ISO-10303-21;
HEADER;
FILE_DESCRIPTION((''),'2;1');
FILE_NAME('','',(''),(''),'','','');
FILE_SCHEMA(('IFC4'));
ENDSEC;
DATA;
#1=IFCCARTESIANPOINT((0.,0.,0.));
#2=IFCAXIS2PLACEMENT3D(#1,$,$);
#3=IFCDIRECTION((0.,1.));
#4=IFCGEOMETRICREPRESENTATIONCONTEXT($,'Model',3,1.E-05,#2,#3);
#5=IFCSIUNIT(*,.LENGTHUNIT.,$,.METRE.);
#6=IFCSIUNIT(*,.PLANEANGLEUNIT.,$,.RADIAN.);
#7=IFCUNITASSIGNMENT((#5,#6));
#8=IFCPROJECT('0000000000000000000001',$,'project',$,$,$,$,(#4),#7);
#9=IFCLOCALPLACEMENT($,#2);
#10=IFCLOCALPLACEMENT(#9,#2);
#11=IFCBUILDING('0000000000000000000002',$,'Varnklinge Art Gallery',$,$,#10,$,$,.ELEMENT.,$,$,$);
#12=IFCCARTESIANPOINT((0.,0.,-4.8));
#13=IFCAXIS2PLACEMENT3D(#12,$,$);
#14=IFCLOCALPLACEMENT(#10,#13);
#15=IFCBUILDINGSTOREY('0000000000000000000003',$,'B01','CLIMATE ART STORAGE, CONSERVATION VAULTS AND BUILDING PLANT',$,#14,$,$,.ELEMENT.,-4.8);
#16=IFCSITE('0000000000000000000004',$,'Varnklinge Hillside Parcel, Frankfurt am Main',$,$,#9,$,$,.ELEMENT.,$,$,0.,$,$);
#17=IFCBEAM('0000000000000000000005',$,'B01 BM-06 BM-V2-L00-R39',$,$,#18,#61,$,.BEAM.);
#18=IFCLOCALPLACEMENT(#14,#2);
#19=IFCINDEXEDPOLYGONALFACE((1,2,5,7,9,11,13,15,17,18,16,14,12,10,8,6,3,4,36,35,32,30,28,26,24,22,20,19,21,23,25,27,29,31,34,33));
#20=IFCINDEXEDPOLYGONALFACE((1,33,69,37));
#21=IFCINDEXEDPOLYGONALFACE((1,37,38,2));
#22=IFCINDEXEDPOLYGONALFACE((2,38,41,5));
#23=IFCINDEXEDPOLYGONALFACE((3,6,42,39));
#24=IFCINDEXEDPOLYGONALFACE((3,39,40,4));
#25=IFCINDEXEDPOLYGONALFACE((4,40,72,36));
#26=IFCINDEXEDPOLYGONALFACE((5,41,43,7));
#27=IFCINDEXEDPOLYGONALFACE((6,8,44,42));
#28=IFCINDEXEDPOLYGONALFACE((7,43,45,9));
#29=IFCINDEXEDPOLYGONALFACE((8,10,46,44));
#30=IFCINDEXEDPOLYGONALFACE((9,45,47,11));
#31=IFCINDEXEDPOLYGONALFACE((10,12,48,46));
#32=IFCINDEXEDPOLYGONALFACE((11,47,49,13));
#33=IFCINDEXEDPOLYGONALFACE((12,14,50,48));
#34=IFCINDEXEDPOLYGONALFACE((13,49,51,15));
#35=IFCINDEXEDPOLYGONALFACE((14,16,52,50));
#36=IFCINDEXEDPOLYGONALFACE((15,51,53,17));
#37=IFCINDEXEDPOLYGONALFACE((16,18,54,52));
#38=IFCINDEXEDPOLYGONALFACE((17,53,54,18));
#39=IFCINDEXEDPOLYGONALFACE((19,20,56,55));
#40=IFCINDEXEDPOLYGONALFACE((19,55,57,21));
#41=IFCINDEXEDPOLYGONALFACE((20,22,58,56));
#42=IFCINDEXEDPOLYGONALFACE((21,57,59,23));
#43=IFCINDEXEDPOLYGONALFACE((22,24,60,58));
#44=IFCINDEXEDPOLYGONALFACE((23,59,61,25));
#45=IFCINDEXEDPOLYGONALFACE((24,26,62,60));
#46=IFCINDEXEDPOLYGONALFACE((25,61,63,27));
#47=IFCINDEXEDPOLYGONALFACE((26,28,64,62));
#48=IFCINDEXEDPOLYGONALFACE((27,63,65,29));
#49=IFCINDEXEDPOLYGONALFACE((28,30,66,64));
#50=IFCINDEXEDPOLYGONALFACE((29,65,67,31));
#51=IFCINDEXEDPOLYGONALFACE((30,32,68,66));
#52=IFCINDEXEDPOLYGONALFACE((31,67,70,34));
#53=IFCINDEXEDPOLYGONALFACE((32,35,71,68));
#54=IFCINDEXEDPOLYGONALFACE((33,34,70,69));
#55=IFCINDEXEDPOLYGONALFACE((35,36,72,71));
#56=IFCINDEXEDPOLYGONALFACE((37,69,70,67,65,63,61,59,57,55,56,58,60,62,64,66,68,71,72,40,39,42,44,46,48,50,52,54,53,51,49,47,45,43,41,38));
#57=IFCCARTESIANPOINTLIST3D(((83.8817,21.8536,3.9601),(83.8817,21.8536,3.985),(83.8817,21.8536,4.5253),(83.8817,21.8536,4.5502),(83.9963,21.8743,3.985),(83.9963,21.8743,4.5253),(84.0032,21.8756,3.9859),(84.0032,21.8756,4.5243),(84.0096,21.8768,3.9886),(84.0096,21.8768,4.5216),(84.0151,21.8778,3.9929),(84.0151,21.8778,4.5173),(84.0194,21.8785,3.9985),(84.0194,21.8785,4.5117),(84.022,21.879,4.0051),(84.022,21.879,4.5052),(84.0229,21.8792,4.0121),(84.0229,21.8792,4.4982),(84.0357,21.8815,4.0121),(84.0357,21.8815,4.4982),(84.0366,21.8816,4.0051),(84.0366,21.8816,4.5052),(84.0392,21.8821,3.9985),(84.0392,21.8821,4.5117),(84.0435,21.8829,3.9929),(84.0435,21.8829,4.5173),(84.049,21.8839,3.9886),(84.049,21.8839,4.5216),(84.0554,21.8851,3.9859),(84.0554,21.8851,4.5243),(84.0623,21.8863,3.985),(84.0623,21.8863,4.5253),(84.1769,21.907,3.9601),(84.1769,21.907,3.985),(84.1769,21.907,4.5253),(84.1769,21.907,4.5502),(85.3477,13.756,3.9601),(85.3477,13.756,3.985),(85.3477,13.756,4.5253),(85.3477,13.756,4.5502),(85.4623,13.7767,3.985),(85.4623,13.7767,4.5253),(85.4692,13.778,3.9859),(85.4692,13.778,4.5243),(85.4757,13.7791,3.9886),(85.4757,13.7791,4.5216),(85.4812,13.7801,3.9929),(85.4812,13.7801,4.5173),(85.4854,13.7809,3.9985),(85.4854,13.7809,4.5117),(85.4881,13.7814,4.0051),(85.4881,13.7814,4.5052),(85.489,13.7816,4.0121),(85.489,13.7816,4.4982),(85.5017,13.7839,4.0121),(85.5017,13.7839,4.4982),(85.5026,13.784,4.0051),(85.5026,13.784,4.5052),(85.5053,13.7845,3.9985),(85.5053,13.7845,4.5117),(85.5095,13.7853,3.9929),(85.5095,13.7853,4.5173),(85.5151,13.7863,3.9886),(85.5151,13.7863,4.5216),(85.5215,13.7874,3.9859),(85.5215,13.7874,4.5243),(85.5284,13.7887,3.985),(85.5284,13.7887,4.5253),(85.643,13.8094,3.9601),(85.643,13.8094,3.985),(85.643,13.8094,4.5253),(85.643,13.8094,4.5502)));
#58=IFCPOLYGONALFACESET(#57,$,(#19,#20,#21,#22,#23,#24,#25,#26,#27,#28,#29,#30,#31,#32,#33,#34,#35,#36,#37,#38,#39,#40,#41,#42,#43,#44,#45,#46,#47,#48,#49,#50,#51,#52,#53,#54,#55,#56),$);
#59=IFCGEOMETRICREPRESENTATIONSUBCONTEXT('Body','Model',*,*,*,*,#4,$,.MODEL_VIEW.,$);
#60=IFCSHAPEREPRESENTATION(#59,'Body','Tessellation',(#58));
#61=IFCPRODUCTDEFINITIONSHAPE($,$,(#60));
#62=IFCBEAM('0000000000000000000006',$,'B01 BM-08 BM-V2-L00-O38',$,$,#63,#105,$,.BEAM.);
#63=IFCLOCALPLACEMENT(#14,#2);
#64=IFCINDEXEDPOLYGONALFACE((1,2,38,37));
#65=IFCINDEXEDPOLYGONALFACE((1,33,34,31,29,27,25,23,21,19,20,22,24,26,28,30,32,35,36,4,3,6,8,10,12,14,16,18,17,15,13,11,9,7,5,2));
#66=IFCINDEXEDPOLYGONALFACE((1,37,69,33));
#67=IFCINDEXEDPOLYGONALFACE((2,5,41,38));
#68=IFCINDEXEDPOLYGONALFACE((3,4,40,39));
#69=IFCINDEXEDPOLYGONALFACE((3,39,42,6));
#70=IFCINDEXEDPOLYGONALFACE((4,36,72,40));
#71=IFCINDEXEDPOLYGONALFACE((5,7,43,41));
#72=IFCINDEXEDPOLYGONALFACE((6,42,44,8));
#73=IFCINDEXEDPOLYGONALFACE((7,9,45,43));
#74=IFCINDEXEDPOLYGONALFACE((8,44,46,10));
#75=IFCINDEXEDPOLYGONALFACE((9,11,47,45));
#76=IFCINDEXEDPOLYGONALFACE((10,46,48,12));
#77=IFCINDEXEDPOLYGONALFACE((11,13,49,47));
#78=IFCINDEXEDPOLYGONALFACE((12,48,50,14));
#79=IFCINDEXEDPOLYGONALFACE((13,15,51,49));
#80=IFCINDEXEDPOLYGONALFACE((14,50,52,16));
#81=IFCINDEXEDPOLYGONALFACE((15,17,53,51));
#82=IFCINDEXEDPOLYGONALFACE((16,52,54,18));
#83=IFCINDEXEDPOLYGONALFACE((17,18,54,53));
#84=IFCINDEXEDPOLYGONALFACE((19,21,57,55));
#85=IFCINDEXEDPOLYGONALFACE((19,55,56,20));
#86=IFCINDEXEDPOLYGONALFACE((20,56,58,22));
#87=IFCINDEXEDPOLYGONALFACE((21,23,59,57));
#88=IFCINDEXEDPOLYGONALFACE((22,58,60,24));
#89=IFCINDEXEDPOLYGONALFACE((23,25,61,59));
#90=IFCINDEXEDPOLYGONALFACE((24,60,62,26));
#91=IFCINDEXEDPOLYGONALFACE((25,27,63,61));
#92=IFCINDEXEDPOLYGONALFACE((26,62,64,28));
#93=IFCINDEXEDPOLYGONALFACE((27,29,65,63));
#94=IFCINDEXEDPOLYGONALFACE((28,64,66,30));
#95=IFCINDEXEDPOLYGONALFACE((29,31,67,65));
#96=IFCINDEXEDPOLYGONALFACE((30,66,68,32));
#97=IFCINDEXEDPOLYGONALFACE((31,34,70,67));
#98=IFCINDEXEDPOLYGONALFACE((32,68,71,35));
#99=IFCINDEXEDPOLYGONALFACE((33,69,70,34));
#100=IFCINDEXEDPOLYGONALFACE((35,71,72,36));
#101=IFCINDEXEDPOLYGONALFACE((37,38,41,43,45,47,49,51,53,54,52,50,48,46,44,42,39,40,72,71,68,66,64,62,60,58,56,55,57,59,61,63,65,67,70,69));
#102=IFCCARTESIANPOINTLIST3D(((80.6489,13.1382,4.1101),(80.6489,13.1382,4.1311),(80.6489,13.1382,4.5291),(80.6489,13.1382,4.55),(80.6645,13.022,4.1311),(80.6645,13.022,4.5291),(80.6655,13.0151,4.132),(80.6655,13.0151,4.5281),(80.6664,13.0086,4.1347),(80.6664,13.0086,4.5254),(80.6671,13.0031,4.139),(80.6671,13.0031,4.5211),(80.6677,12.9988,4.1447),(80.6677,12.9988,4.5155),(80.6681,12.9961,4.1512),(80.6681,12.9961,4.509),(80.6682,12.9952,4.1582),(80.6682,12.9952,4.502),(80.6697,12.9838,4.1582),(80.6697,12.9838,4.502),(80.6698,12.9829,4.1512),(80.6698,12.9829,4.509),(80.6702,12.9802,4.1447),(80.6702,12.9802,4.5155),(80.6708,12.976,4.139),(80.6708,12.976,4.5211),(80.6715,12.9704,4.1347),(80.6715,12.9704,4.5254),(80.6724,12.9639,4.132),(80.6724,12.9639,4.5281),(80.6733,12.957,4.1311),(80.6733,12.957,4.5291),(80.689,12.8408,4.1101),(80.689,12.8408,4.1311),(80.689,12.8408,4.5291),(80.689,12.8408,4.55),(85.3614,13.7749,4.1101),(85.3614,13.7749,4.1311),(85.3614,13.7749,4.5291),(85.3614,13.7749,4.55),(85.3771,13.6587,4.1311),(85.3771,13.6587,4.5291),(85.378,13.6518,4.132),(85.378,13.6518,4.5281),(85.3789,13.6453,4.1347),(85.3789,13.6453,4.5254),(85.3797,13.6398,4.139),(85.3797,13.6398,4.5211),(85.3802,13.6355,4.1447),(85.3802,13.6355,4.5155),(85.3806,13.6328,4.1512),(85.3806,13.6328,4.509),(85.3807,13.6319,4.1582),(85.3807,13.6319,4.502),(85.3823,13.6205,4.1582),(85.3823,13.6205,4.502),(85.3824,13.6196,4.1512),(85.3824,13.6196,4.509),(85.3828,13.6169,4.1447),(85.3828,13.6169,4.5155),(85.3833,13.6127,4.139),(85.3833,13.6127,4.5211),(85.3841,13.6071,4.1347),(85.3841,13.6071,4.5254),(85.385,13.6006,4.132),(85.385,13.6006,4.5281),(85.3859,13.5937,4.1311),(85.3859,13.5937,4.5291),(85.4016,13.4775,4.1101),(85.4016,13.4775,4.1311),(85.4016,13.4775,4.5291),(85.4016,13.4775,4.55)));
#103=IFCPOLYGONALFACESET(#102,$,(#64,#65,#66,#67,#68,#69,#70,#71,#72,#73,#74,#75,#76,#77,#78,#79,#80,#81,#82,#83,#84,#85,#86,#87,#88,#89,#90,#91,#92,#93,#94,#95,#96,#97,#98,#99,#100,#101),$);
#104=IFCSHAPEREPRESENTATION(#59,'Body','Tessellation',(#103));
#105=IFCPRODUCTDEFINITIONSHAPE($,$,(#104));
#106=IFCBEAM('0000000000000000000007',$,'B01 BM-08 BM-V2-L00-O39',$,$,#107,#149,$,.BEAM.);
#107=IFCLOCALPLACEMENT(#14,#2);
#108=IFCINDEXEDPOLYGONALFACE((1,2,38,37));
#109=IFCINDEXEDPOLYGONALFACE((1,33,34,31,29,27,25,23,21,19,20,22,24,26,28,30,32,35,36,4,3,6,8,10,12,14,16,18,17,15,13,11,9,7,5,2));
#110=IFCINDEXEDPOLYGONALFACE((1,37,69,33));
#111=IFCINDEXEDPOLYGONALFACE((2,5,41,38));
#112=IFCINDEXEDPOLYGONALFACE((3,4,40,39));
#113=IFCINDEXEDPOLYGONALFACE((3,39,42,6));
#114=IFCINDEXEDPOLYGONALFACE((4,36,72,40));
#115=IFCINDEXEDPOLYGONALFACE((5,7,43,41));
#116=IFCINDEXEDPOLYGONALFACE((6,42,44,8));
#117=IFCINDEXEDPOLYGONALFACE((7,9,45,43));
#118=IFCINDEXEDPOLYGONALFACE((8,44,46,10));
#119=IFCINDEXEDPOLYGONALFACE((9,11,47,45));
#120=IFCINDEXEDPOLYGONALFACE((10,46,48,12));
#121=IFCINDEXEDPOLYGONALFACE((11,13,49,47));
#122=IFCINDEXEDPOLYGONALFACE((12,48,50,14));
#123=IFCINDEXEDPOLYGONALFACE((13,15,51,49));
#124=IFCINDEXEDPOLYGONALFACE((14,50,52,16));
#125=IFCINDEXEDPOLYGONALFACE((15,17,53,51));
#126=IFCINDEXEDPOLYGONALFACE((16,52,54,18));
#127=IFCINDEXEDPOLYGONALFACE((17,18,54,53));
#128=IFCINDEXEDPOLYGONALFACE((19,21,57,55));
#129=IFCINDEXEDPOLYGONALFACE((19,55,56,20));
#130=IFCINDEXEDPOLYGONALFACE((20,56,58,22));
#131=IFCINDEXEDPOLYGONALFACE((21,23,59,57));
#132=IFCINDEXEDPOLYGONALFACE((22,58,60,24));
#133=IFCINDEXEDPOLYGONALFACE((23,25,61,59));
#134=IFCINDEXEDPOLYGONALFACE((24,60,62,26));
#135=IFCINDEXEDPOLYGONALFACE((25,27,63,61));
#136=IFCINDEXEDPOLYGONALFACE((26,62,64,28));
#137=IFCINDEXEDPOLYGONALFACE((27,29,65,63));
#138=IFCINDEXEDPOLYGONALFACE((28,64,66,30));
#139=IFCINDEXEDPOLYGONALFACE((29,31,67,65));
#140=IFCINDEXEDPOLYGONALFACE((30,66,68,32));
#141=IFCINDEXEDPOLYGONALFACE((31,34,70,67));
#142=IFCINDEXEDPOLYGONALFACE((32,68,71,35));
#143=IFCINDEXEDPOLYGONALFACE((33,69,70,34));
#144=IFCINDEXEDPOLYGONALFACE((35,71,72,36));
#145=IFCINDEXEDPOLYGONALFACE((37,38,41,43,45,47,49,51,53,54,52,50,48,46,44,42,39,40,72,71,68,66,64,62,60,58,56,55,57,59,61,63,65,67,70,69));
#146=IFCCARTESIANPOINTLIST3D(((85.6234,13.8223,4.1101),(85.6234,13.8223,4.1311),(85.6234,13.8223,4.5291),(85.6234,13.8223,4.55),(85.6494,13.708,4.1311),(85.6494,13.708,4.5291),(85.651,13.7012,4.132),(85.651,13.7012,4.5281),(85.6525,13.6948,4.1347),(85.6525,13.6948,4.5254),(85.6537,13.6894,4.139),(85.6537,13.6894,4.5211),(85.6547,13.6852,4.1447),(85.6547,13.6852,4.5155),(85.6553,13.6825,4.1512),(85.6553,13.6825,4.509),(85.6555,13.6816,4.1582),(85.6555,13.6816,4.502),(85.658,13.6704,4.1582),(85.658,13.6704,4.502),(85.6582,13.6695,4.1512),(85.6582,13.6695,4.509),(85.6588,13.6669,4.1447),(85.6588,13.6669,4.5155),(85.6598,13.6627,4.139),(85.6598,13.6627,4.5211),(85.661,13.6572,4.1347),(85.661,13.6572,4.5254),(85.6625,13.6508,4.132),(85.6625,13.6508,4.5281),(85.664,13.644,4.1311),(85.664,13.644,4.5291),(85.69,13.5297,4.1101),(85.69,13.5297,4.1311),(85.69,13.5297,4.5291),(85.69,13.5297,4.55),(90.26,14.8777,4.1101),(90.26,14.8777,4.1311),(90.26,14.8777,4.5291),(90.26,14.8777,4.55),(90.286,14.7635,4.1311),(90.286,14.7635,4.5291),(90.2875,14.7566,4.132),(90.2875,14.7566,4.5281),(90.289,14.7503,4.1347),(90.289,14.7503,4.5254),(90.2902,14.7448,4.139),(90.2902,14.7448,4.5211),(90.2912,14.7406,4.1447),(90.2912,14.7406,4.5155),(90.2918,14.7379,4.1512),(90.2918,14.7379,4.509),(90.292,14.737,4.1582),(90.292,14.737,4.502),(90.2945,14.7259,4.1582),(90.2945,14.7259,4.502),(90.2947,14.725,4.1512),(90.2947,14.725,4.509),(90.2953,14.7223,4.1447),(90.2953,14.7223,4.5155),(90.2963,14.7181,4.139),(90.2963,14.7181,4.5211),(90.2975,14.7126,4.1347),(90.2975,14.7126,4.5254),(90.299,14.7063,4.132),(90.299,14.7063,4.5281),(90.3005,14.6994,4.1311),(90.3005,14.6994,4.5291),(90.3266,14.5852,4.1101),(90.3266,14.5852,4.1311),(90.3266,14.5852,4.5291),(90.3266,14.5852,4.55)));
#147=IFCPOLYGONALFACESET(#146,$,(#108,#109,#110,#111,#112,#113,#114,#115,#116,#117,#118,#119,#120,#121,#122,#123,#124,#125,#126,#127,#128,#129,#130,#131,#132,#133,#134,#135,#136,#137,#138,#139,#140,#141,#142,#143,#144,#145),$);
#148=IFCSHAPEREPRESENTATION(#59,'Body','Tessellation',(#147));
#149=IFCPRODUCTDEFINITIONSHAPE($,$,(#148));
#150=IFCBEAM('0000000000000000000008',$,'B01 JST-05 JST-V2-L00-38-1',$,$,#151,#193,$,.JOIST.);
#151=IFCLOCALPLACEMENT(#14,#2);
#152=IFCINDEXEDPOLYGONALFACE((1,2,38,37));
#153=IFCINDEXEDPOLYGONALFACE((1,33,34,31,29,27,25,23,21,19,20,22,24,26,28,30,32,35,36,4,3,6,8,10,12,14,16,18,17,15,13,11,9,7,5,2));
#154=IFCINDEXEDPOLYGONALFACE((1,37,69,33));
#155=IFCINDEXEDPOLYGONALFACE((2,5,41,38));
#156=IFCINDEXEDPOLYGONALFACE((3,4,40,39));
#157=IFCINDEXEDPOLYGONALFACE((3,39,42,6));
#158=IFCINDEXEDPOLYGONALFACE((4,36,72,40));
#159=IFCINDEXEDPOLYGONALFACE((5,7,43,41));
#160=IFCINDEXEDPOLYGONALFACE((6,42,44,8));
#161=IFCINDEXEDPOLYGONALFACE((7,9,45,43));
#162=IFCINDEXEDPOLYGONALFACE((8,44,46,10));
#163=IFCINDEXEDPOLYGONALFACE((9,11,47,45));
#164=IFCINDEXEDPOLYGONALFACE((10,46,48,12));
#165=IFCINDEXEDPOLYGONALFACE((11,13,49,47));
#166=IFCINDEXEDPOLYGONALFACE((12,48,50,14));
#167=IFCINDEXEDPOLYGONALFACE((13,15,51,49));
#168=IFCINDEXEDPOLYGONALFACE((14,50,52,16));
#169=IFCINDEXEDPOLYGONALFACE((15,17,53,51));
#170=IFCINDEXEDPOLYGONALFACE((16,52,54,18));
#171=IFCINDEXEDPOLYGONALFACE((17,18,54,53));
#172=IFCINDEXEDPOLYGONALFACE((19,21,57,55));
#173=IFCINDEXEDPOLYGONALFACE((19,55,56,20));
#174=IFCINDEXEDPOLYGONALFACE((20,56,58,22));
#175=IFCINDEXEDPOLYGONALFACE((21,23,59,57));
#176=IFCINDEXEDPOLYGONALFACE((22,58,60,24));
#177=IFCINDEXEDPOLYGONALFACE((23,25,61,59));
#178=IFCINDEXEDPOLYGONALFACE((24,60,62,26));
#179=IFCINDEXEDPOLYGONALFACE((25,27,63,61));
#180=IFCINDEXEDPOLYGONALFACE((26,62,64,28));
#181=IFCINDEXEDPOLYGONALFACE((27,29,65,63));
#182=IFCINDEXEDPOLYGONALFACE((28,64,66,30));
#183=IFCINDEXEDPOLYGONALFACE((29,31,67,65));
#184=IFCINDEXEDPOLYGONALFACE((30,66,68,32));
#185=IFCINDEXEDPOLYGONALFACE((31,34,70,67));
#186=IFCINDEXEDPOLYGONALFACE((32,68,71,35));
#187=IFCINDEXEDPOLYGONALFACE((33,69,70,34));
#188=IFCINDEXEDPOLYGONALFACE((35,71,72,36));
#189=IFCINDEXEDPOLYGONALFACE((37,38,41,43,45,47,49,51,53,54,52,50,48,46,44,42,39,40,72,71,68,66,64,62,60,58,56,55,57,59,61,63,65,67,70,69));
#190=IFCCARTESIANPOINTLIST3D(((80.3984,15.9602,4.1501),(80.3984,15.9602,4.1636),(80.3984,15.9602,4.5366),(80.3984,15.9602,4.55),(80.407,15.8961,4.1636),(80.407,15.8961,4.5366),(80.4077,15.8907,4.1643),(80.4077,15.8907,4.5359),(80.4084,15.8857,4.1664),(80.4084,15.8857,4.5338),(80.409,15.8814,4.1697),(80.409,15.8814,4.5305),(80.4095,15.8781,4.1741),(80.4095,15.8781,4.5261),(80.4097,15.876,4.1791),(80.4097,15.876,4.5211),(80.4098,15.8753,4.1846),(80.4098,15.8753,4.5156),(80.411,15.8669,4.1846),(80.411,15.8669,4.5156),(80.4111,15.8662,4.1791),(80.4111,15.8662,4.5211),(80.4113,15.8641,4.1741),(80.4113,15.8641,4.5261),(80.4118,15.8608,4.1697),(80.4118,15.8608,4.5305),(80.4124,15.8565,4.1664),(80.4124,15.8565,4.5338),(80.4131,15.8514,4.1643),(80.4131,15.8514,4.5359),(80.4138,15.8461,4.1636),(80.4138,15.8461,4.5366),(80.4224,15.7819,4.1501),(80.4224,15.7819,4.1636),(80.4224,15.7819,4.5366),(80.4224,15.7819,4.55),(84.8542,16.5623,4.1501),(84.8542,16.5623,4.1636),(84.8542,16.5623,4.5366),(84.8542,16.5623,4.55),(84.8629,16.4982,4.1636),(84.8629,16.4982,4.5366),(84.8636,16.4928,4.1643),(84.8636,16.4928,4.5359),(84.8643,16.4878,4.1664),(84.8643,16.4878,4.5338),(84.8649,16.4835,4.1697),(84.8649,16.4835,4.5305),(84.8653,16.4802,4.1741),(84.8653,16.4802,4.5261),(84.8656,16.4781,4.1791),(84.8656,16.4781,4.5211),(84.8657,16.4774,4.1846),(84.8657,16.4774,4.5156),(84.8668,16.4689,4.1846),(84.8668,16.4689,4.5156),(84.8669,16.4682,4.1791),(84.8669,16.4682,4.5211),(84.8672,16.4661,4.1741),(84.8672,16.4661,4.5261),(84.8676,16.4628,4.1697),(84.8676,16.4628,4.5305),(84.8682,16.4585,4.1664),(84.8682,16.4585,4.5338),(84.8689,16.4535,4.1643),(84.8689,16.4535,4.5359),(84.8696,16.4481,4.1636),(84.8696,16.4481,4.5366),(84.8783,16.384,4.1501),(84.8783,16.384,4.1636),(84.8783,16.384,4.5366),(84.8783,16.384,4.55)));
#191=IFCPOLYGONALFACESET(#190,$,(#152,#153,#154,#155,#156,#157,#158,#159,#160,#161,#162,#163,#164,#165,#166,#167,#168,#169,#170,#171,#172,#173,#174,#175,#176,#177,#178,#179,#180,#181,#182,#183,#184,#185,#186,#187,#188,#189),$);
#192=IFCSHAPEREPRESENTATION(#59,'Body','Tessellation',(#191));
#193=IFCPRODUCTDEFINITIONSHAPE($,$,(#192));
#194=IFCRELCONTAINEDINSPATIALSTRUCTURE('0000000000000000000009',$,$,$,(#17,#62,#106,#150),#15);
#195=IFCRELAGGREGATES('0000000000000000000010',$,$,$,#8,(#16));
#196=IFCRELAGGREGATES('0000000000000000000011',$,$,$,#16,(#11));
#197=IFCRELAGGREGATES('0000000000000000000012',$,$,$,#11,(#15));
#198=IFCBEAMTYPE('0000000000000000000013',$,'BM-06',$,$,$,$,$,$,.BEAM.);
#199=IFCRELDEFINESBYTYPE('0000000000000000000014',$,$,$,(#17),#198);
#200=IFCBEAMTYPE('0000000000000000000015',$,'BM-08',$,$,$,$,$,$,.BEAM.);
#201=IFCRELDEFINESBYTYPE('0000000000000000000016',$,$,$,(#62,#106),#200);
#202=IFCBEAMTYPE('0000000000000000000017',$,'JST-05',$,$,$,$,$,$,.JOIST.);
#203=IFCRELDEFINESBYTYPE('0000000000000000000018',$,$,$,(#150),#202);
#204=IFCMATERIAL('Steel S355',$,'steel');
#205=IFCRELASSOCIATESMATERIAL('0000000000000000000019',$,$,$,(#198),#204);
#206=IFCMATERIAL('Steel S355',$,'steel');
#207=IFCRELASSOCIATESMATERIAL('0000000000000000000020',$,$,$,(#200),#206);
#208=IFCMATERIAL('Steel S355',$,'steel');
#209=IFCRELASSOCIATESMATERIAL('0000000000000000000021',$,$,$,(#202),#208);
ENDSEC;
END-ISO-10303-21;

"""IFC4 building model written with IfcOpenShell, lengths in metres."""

from ifc_helpers import new_model, si_unit, direction, frame, origin, origin_2d, place, context, subcontext, project, spatial, i_section, extrude, material, material_profile, profile_set, type_object, element, save


model = new_model("IFC4")

# Units and contexts
model_context = context("Model", 3, precision=1e-05, world=origin(), true_north=direction((0.0, 1.0)))
body_context = subcontext(model_context, "Body", "Model", "MODEL_VIEW")
ifc_project = project(units=[si_unit("LENGTHUNIT", "METRE"), si_unit("PLANEANGLEUNIT", "RADIAN")], contexts=[model_context])

# Site, building, storey
site_placement = place(None, origin())
site = spatial("IfcSite", under=ifc_project, at=site_placement, Name="Varnklinge Hillside Parcel, Frankfurt am Main", CompositionType="ELEMENT", RefElevation=0.0)
building_placement = place(site_placement, origin())
building = spatial("IfcBuilding", under=site, at=building_placement, Name="Varnklinge Art Gallery", CompositionType="ELEMENT")
storey_placement = place(building_placement, frame((0.0, 0.0, -4.8)))
storey = spatial("IfcBuildingStorey", under=building, at=storey_placement, Name="B01", Description="CLIMATE ART STORAGE, CONSERVATION VAULTS AND BUILDING PLANT", CompositionType="ELEMENT", Elevation=-4.8)

# Beams
ifc_material_1 = material(Name="Steel S355", Category="steel")
ifc_material_profile_1 = material_profile(ifc_material_1, i_section(OverallWidth=0.3, OverallDepth=0.5901, WebThickness=0.0129, FlangeThickness=0.0249, FilletRadius=0.0271, at=origin_2d()), Name="HEA 600")
ifc_profile_set_1 = profile_set([ifc_material_profile_1], Name="Steel S355")
beam_type_1 = type_object("IfcBeamType", Name="BM-06", PredefinedType="BEAM", material=ifc_profile_set_1)
for number, where, z_axis, x_axis, name in (
    (1, (85.4954, 13.7827, 4.2551), (-0.178152, 0.984003, 0.0), (-0.984003, -0.178152, 0.0), "B01 BM-06 BM-V2-L00-R39"),
):
    element("IfcBeam", number, at=place(storey_placement, frame(where, z_axis=z_axis, x_axis=x_axis)), inside=storey, type_object=beam_type_1, Name=name, PredefinedType="BEAM", context=body_context, shape_type="SweptSolid", body=[
        extrude(i_section(OverallWidth=0.3, OverallDepth=0.5901, WebThickness=0.0129, FlangeThickness=0.0249, FilletRadius=0.0271, at=origin_2d()), origin(), (0.0, 0.0, 1.0), 8.2292),
    ])
ifc_material_2 = material(Name="Steel S355", Category="steel")
ifc_material_profile_2 = material_profile(ifc_material_2, i_section(OverallWidth=0.3, OverallDepth=0.4399, WebThickness=0.0115, FlangeThickness=0.021, FilletRadius=0.0271, at=origin_2d()), Name="HEA 450")
ifc_profile_set_2 = profile_set([ifc_material_profile_2], Name="Steel S355")
beam_type_2 = type_object("IfcBeamType", Name="BM-08", PredefinedType="BEAM", material=ifc_profile_set_2)
beam_1_placement = place(storey_placement, frame((80.6689, 12.9895, 4.3301), z_axis=(0.990996, 0.133892, 0.0), x_axis=(-0.133892, 0.990996, 0.0)))
element("IfcBeam", 2, at=beam_1_placement, inside=storey, type_object=beam_type_2, Name="B01 BM-08 BM-V2-L00-O38", PredefinedType="BEAM", context=body_context, shape_type="SweptSolid", body=[
    extrude(i_section(OverallWidth=0.3, OverallDepth=0.4399, WebThickness=0.0115, FlangeThickness=0.021, FilletRadius=0.0271, at=origin_2d()), origin(), (0.0, 0.0, 1.0), 4.7554),
])
beam_2_placement = place(storey_placement, frame((85.6567, 13.676, 4.3301), z_axis=(0.975057, 0.221956, 0.0), x_axis=(-0.221956, 0.975057, 0.0)))
element("IfcBeam", 3, at=beam_2_placement, inside=storey, type_object=beam_type_2, Name="B01 BM-08 BM-V2-L00-O39", PredefinedType="BEAM", context=body_context, shape_type="SweptSolid", body=[
    extrude(i_section(OverallWidth=0.3, OverallDepth=0.4399, WebThickness=0.0115, FlangeThickness=0.021, FilletRadius=0.0271, at=origin_2d()), origin(), (0.0, 0.0, 1.0), 4.7551),
])
ifc_material_3 = material(Name="Steel S355", Category="steel")
ifc_material_profile_3 = material_profile(ifc_material_3, i_section(OverallWidth=0.1799, OverallDepth=0.3999, WebThickness=0.0085, FlangeThickness=0.0134, FilletRadius=0.021, at=origin_2d()), Name="IPE 400")
ifc_profile_set_3 = profile_set([ifc_material_profile_3], Name="Steel S355")
beam_type_3 = type_object("IfcBeamType", Name="JST-05", PredefinedType="JOIST", material=ifc_profile_set_3)
beam_3_placement = place(storey_placement, frame((80.4104, 15.8711, 4.3501), z_axis=(0.990995, 0.133899, 0.0), x_axis=(-0.133899, 0.990995, 0.0)))
element("IfcBeam", 4, at=beam_3_placement, inside=storey, type_object=beam_type_3, Name="B01 JST-05 JST-V2-L00-38-1", PredefinedType="JOIST", context=body_context, shape_type="SweptSolid", body=[
    extrude(i_section(OverallWidth=0.1799, OverallDepth=0.3999, WebThickness=0.0085, FlangeThickness=0.0134, FilletRadius=0.021, at=origin_2d()), origin(), (0.0, 0.0, 1.0), 4.4963),
])

save(model, "model.ifc")
